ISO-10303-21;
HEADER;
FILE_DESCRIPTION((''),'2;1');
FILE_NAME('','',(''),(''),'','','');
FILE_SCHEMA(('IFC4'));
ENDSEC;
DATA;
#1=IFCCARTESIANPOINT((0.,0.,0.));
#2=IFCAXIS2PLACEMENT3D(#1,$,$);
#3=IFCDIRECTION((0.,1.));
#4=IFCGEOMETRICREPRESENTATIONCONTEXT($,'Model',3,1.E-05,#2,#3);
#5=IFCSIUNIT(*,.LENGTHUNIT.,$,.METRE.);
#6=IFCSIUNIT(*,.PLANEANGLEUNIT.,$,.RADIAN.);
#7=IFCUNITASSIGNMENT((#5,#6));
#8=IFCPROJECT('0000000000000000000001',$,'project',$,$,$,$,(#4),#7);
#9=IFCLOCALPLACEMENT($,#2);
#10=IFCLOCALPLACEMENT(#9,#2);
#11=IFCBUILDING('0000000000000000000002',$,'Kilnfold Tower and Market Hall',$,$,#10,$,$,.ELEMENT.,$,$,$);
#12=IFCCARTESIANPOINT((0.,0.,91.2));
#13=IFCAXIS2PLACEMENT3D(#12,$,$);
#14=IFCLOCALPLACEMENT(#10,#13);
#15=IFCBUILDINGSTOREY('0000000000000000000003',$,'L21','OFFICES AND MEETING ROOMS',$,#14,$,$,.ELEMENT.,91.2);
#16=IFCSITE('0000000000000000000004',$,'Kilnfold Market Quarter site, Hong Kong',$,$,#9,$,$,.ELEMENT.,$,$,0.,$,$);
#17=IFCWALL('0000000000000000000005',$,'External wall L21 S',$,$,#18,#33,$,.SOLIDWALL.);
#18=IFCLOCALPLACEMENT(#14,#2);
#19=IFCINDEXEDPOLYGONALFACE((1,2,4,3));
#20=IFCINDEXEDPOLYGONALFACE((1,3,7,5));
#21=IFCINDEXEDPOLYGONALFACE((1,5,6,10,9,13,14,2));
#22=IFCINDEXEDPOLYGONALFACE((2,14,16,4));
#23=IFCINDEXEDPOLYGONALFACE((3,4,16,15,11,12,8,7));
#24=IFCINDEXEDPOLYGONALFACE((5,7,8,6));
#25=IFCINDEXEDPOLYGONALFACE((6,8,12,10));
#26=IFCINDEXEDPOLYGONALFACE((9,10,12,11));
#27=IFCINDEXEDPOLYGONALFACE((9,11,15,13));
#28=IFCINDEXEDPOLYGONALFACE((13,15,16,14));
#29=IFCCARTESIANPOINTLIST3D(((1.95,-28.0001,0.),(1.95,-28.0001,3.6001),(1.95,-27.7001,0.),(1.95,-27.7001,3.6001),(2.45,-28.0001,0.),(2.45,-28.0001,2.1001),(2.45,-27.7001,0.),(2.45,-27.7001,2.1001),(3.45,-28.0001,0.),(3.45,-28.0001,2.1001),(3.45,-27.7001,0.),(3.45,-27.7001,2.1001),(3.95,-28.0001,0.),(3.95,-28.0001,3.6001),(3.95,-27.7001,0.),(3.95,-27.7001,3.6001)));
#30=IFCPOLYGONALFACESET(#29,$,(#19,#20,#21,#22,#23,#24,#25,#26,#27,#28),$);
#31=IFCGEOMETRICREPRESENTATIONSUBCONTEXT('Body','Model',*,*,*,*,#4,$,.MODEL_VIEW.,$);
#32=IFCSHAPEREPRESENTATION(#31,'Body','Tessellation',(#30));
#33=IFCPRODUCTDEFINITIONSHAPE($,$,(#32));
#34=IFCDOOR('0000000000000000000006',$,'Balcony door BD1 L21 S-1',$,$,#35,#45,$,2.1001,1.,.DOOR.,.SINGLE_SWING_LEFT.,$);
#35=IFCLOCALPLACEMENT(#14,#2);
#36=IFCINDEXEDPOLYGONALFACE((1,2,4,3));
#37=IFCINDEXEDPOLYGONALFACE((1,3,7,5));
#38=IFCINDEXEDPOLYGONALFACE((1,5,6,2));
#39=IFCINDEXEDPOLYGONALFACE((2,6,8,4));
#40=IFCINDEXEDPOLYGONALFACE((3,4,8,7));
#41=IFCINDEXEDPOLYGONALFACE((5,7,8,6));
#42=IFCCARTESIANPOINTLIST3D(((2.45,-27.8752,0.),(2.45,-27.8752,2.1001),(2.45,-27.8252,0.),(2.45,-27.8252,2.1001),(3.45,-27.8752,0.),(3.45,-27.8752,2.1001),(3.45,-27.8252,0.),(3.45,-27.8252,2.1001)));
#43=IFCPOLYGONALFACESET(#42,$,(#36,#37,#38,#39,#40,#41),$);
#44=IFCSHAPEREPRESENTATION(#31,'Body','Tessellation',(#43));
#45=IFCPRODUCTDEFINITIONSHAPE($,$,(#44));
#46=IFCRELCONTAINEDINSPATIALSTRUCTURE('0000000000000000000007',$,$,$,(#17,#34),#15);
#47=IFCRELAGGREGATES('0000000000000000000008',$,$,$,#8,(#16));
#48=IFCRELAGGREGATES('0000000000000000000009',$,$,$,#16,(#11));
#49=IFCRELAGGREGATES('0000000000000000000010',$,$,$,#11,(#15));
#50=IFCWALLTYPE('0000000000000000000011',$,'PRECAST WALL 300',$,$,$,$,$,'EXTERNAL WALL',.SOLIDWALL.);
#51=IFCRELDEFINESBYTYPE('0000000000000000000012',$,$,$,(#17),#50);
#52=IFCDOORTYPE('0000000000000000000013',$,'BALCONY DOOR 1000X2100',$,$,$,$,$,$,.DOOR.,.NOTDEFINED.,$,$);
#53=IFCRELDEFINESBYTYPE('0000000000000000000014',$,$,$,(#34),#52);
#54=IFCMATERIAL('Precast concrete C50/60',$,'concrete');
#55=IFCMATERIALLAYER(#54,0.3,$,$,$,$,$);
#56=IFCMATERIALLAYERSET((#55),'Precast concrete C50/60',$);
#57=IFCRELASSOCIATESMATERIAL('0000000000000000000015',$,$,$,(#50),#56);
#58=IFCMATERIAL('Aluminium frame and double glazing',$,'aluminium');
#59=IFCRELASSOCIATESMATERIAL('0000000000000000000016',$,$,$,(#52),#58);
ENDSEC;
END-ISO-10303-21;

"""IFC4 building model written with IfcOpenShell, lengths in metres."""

from ifc_helpers import new_model, si_unit, direction, frame, frame_2d, origin, place, context, subcontext, project, spatial, rectangle, extrude, source, transform, mapped, material, layer, layer_set, type_object, element, fill, save


model = new_model("IFC4")

# Units and contexts
model_context = context("Model", 3, precision=1e-05, world=origin(), true_north=direction((0.0, 1.0)))
body_context = subcontext(model_context, "Body", "Model", "MODEL_VIEW")
ifc_project = project(units=[si_unit("LENGTHUNIT", "METRE"), si_unit("PLANEANGLEUNIT", "RADIAN")], contexts=[model_context])

# Site, building, storey
site_placement = place(None, origin())
site = spatial("IfcSite", under=ifc_project, at=site_placement, Name="Kilnfold Market Quarter site, Hong Kong", CompositionType="ELEMENT", RefElevation=0.0)
building_placement = place(site_placement, origin())
building = spatial("IfcBuilding", under=site, at=building_placement, Name="Kilnfold Tower and Market Hall", CompositionType="ELEMENT")
storey_placement = place(building_placement, frame((0.0, 0.0, 91.2)))
storey = spatial("IfcBuildingStorey", under=building, at=storey_placement, Name="L21", Description="OFFICES AND MEETING ROOMS", CompositionType="ELEMENT", Elevation=91.2)

# Wall, opening, door
ifc_material_1 = material(Name="Precast concrete C50/60", Category="concrete")
ifc_layer_1 = layer(ifc_material_1, 0.3)
ifc_layer_set_1 = layer_set([ifc_layer_1], Name="Precast concrete C50/60")
wall_type_1 = type_object("IfcWallType", Name="PRECAST WALL 300", ElementType="EXTERNAL WALL", PredefinedType="SOLIDWALL", material=ifc_layer_set_1)
shared_shape_1 = source(origin(), body_context, "Body", "SweptSolid", [
    extrude(rectangle(XDim=2.0, YDim=0.3, at=frame_2d((1.0, 0.0))), origin(), (0.0, 0.0, 1.0), 3.6001),
])
ifc_material_2 = material(Name="Aluminium frame and double glazing", Category="aluminium")
door_type = type_object("IfcDoorType", Name="BALCONY DOOR 1000X2100", OperationType="NOTDEFINED", PredefinedType="DOOR", material=ifc_material_2)
wall_1_placement = place(storey_placement, frame((1.95, -27.8501, 0.0), z_axis=(0.0, 0.0, 1.0), x_axis=(1.0, 0.0, 0.0)))
wall_1 = element("IfcWall", 1, at=wall_1_placement, inside=storey, type_object=wall_type_1, Name="External wall L21 S", PredefinedType="SOLIDWALL", context=body_context, shape_type="MappedRepresentation", body=[
    mapped(shared_shape_1, transform((0.0, 0.0, 0.0))),
])
opening_1_placement = place(wall_1_placement, frame((0.5, 0.0, 0.0)))
opening_1 = element("IfcOpeningElement", 2, at=opening_1_placement, cuts=wall_1, PredefinedType="OPENING", context=body_context, shape_type="SweptSolid", body=[
    extrude(rectangle(XDim=1.0, YDim=2.1001, at=frame_2d((0.5, 1.05))), frame((0.0, 0.1602, 0.0), z_axis=(0.0, -1.0, 0.0), x_axis=(1.0, 0.0, 0.0)), (0.0, 0.0, 1.0), 0.3201),
])
door_1_placement = place(opening_1_placement, origin())
door_1 = element("IfcDoor", 3, at=door_1_placement, inside=storey, type_object=door_type, Name="Balcony door BD1 L21 S-1", OperationType="SINGLE_SWING_LEFT", OverallHeight=2.1001, OverallWidth=1.0, PredefinedType="DOOR", context=body_context, shape_type="SweptSolid", body=[
    extrude(rectangle(XDim=1.0, YDim=2.1001, at=frame_2d((0.5, 1.05))), frame((0.0, 0.0249, 0.0), z_axis=(0.0, -1.0, 0.0), x_axis=(1.0, 0.0, 0.0)), (0.0, 0.0, 1.0), 0.05),
])
fill(opening_1, door_1)

save(model, "model.ifc")
